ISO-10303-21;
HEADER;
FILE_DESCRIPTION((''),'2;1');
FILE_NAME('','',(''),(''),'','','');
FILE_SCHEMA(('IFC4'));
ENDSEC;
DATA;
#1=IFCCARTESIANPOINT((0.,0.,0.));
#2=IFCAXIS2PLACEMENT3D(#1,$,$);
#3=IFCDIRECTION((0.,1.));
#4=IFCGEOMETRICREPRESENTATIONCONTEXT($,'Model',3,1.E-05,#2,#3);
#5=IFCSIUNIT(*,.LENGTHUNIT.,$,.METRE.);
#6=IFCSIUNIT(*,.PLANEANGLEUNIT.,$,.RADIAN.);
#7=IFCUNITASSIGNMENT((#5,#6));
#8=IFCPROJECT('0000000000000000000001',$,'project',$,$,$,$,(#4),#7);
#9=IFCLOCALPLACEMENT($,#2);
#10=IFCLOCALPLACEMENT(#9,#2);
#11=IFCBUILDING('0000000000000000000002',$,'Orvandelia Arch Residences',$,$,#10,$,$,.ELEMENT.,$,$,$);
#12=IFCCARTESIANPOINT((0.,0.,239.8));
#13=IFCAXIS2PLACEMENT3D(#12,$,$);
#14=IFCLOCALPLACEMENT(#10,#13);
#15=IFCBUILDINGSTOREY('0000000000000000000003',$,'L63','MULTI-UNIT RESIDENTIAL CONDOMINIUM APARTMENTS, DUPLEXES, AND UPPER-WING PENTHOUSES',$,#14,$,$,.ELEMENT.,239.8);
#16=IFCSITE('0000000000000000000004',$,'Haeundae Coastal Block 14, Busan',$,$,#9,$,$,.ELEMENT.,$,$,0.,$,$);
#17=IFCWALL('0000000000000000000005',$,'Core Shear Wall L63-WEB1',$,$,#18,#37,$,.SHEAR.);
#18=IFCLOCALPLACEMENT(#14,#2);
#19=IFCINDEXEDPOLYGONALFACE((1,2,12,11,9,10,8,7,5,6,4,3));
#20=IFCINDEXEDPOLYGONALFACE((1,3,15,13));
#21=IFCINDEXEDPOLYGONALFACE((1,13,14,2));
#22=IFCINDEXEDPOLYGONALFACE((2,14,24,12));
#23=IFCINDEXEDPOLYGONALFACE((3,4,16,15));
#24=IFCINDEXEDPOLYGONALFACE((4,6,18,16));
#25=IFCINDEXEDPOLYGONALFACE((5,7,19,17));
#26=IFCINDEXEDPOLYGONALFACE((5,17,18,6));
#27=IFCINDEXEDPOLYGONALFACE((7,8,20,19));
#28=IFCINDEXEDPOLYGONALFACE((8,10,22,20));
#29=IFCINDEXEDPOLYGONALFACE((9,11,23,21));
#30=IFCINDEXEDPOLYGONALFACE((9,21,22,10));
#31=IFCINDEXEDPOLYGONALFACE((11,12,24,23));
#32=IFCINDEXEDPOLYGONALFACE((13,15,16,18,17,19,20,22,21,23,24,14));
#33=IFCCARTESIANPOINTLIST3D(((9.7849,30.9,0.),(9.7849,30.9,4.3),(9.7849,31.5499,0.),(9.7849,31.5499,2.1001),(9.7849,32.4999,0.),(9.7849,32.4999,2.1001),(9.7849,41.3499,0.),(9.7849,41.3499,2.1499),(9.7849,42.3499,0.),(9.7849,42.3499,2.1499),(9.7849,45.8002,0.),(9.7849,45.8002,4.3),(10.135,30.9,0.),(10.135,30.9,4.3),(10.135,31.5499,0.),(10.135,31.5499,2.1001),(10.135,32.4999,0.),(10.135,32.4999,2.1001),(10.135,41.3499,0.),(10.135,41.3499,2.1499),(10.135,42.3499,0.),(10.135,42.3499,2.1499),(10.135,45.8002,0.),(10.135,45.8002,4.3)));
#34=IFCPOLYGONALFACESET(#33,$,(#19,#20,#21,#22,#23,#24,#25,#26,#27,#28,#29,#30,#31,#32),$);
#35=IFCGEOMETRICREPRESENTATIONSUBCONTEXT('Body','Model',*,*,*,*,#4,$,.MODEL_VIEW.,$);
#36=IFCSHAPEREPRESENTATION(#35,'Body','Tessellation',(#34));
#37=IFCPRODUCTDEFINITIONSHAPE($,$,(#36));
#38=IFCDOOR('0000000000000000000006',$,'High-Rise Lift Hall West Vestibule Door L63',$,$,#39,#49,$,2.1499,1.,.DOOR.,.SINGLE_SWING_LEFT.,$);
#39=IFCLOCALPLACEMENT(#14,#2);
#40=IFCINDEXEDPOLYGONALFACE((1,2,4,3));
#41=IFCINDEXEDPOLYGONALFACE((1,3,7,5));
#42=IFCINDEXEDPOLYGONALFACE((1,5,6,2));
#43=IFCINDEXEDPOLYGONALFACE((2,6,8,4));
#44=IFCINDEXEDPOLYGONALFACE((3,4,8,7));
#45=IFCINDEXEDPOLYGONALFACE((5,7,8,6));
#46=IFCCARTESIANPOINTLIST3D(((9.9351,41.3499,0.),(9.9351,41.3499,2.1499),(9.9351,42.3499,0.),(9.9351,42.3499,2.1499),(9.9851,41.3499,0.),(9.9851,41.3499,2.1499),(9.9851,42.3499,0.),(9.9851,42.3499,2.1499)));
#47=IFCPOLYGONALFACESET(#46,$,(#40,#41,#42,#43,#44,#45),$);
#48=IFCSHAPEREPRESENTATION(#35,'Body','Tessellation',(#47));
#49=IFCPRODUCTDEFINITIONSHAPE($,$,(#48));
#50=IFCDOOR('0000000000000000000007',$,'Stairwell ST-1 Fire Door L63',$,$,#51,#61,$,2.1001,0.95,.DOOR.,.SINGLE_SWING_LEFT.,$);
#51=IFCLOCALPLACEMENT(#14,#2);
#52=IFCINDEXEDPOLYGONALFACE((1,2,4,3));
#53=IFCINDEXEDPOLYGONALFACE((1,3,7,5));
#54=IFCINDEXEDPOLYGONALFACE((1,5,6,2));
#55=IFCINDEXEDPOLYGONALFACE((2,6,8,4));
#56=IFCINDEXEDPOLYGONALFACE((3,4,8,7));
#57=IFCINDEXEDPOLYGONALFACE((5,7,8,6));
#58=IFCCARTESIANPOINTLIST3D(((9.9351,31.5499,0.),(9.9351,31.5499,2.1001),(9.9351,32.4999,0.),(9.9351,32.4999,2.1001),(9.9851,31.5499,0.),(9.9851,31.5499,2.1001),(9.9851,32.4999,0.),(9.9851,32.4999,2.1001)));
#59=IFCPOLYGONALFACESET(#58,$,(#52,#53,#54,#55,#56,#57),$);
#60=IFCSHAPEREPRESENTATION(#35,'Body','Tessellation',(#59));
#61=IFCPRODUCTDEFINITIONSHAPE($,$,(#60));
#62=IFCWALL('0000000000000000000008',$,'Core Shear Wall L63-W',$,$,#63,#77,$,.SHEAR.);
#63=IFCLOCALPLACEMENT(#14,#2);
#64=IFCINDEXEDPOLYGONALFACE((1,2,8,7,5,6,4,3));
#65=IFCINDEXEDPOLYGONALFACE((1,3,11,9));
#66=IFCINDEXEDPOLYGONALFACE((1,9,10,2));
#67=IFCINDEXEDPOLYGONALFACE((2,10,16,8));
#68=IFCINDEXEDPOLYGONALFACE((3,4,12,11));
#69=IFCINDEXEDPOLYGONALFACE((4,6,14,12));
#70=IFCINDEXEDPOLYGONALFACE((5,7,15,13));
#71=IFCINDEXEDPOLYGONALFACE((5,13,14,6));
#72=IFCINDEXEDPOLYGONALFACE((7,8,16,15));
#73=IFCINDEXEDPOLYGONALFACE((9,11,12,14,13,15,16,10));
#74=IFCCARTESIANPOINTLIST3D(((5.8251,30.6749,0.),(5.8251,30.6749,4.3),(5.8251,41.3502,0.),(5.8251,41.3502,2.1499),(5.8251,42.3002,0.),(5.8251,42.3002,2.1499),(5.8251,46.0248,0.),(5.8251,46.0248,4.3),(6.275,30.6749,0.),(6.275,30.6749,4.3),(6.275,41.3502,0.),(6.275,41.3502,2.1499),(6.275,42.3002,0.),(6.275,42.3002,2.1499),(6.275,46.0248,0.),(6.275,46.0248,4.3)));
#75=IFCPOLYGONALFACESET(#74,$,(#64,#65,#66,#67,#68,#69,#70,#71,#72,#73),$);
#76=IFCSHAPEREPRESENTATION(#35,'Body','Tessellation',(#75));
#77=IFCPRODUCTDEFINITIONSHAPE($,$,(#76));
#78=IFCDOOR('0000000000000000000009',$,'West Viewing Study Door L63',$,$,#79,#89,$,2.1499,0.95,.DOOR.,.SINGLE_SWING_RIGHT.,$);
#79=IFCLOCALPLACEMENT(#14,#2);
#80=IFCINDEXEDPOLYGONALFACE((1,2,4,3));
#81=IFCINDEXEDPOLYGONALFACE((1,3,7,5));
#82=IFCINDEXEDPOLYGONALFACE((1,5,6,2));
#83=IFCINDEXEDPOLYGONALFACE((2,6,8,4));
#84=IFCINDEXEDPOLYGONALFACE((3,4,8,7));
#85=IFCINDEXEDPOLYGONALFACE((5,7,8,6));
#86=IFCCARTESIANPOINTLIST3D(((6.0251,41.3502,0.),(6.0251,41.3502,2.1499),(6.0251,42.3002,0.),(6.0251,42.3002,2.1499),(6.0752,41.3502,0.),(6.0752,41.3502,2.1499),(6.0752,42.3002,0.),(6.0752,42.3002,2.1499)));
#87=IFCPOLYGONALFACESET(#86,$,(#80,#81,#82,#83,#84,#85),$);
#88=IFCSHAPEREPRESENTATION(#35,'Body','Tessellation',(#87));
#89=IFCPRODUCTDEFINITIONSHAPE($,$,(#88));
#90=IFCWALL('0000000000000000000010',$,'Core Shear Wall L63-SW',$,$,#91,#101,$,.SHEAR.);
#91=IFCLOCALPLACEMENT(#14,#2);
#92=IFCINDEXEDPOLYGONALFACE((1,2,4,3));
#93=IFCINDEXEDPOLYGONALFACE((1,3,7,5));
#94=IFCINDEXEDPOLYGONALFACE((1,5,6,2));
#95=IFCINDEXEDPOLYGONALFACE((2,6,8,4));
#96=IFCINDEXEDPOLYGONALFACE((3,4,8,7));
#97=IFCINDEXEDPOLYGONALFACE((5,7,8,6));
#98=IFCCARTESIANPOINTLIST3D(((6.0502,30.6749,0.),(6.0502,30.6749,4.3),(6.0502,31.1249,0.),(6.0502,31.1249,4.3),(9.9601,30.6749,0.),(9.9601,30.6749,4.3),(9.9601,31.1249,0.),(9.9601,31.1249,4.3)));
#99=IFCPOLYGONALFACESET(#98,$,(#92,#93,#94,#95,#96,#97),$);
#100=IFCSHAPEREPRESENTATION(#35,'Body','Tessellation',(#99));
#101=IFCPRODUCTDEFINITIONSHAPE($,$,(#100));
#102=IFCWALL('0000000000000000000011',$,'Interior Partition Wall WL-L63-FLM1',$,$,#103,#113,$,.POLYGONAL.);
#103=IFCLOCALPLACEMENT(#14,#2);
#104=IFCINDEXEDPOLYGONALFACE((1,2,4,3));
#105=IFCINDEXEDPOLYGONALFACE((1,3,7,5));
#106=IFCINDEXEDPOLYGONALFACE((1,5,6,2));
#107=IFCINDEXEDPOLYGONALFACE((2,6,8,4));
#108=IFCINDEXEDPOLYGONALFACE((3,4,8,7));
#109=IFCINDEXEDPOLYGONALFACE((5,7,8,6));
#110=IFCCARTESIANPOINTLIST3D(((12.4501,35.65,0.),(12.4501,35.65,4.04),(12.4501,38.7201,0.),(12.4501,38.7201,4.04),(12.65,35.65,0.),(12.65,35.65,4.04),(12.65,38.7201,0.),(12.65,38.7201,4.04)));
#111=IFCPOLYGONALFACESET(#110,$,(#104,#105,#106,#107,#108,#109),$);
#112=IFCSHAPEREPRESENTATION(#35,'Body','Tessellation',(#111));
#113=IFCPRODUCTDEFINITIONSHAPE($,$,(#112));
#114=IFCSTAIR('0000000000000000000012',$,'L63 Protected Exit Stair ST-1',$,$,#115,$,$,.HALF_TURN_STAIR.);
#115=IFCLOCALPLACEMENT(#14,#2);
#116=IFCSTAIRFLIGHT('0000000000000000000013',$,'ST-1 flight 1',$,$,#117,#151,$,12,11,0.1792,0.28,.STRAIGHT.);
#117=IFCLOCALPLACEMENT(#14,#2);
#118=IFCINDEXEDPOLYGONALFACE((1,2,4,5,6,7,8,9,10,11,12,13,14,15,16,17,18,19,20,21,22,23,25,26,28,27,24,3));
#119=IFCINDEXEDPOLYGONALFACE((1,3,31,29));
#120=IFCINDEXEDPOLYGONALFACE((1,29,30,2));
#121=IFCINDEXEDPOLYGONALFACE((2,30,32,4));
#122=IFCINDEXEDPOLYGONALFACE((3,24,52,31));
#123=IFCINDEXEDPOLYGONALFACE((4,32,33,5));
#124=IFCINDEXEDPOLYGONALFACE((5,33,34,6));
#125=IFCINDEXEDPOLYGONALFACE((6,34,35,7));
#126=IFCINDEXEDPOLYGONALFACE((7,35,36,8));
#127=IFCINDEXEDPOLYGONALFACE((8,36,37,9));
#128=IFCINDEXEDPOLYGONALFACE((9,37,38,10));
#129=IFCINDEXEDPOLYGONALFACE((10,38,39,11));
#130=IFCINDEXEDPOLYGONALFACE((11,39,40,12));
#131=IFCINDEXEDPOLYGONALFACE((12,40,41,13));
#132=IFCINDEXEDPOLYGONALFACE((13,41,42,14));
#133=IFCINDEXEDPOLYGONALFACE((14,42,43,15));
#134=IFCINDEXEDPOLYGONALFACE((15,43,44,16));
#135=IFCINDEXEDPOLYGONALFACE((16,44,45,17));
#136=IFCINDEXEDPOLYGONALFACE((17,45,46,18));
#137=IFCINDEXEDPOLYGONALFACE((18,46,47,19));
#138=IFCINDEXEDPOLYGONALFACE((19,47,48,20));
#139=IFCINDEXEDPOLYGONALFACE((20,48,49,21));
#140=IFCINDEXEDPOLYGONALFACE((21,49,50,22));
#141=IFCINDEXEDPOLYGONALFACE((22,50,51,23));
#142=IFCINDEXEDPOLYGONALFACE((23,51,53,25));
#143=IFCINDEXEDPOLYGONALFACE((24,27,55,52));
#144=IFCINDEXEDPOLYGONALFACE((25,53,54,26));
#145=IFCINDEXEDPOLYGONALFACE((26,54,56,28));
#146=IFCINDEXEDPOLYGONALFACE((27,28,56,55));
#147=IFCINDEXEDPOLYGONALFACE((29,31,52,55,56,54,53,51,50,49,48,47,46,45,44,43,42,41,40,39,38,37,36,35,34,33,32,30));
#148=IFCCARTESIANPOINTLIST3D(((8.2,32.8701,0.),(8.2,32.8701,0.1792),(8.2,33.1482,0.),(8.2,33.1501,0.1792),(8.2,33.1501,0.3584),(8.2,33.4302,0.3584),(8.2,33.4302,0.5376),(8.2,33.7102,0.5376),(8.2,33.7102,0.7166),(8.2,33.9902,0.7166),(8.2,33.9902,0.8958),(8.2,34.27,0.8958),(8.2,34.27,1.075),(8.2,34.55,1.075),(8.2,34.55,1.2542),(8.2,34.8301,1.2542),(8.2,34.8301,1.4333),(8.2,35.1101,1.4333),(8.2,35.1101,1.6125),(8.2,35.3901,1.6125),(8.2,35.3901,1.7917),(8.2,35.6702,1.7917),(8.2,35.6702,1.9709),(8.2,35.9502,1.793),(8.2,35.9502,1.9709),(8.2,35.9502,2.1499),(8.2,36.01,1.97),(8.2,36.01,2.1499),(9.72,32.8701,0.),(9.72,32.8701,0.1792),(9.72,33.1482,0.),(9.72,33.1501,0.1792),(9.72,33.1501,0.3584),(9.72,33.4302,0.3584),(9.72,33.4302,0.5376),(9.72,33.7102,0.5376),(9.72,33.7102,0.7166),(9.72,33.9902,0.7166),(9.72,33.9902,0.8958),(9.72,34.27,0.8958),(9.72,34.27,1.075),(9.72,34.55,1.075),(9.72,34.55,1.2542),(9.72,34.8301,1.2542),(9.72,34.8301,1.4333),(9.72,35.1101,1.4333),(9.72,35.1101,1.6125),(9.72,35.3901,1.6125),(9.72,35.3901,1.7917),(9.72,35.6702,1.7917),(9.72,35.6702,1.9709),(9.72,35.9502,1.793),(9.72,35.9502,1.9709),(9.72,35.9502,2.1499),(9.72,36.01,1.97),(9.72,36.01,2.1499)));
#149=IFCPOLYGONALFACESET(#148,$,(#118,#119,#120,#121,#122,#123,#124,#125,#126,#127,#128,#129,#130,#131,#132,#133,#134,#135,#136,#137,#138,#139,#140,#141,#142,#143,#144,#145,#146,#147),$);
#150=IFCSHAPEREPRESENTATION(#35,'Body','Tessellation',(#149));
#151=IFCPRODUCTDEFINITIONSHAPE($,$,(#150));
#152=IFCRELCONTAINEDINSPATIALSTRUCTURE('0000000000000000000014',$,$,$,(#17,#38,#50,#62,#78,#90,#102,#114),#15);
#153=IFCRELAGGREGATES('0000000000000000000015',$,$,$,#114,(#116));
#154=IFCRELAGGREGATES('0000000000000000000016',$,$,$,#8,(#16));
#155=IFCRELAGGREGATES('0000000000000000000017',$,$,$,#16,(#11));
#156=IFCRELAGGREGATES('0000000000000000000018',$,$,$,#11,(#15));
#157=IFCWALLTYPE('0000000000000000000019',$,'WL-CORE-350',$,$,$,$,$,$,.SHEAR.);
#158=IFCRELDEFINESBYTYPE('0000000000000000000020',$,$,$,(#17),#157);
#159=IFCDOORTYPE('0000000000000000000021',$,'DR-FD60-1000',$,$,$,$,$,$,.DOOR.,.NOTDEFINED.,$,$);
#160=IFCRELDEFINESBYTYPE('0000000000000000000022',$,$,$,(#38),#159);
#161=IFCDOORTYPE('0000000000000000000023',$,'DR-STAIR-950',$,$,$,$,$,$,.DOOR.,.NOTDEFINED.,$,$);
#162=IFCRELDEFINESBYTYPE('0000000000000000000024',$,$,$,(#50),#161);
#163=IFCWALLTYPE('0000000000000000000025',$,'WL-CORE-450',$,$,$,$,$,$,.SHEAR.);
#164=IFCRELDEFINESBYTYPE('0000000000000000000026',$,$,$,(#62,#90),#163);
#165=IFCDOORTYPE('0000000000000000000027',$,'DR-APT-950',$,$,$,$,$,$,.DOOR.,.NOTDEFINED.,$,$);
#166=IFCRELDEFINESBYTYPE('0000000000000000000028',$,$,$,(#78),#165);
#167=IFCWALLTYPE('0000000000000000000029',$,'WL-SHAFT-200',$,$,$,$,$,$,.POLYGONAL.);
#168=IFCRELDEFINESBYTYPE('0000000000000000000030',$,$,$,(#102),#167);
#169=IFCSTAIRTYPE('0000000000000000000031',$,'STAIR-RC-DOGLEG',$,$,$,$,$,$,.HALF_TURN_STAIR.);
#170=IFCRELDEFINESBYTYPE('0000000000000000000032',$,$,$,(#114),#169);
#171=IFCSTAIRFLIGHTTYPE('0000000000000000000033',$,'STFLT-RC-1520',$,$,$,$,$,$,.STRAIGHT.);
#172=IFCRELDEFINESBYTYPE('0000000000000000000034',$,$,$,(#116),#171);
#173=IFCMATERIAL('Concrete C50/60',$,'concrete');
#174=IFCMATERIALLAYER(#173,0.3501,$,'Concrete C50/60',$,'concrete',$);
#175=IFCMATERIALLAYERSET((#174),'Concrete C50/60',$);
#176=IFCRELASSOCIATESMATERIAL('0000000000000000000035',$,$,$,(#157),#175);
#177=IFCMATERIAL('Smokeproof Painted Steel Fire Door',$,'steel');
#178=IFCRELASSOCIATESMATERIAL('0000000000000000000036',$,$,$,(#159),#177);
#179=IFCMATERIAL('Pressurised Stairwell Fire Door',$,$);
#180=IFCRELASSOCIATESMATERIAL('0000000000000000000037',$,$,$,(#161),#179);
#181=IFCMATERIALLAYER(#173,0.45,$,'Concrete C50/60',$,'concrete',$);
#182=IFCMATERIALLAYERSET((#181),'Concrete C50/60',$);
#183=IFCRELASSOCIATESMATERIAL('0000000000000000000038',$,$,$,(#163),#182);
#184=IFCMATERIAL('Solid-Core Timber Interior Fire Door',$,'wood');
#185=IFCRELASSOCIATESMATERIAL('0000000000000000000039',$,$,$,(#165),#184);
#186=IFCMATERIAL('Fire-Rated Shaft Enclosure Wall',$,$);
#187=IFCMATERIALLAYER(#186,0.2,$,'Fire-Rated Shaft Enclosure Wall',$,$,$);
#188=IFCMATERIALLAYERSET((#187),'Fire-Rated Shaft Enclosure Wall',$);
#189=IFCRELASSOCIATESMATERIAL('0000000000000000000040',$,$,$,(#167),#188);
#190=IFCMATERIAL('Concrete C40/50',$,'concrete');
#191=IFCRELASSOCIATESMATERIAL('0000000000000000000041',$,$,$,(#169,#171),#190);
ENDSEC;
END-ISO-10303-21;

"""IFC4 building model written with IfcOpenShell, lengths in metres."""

from ifc_helpers import new_model, si_unit, direction, frame, frame_2d, origin, place, context, subcontext, project, spatial, polyline, rectangle, outline, extrude, material, layer, layer_set, type_object, element, fill, aggregate, save


model = new_model("IFC4")

# Units and contexts
model_context = context("Model", 3, precision=1e-05, world=origin(), true_north=direction((0.0, 1.0)))
body_context = subcontext(model_context, "Body", "Model", "MODEL_VIEW")
ifc_project = project(units=[si_unit("LENGTHUNIT", "METRE"), si_unit("PLANEANGLEUNIT", "RADIAN")], contexts=[model_context])

# Site, building, storey
site_placement = place(None, origin())
site = spatial("IfcSite", under=ifc_project, at=site_placement, Name="Haeundae Coastal Block 14, Busan", CompositionType="ELEMENT", RefElevation=0.0)
building_placement = place(site_placement, origin())
building = spatial("IfcBuilding", under=site, at=building_placement, Name="Orvandelia Arch Residences", CompositionType="ELEMENT")
storey_placement = place(building_placement, frame((0.0, 0.0, 239.8)))
storey = spatial("IfcBuildingStorey", under=building, at=storey_placement, Name="L63", Description="MULTI-UNIT RESIDENTIAL CONDOMINIUM APARTMENTS, DUPLEXES, AND UPPER-WING PENTHOUSES", CompositionType="ELEMENT", Elevation=239.8)

# Wall, openings, doors
ifc_material_1 = material(Name="Concrete C50/60", Category="concrete")
ifc_layer_1 = layer(ifc_material_1, 0.3501, Name="Concrete C50/60", Category="concrete")
ifc_layer_set_1 = layer_set([ifc_layer_1], Name="Concrete C50/60")
wall_type_1 = type_object("IfcWallType", Name="WL-CORE-350", PredefinedType="SHEAR", material=ifc_layer_set_1)
wall_1_placement = place(storey_placement, frame((9.96, 30.8999, 0.0), z_axis=(0.0, 0.0, 1.0), x_axis=(0.0, 1.0, 0.0)))
wall_1 = element("IfcWall", 1, at=wall_1_placement, inside=storey, type_object=wall_type_1, Name="Core Shear Wall L63-WEB1", PredefinedType="SHEAR", context=body_context, shape_type="SweptSolid", body=[
    extrude(rectangle(XDim=14.9001, YDim=0.3501, at=frame_2d((7.4502, 0.0))), origin(), (0.0, 0.0, 1.0), 4.3),
])
opening_1_placement = place(wall_1_placement, frame((0.6499, 0.0, 0.0)))
opening_1 = element("IfcOpeningElement", 2, at=opening_1_placement, cuts=wall_1, PredefinedType="OPENING", context=body_context, shape_type="SweptSolid", body=[
    extrude(rectangle(XDim=0.95, YDim=2.1001, at=frame_2d((0.4751, 1.05))), frame((0.0, 0.1851, 0.0), z_axis=(0.0, -1.0, 0.0), x_axis=(1.0, 0.0, 0.0)), (0.0, 0.0, 1.0), 0.3701),
])
opening_2_placement = place(wall_1_placement, frame((10.45, 0.0, 0.0)))
opening_2 = element("IfcOpeningElement", 3, at=opening_2_placement, cuts=wall_1, PredefinedType="OPENING", context=body_context, shape_type="SweptSolid", body=[
    extrude(rectangle(XDim=1.0, YDim=2.1499, at=frame_2d((0.5, 1.075))), frame((0.0, 0.1851, 0.0), z_axis=(0.0, -1.0, 0.0), x_axis=(1.0, 0.0, 0.0)), (0.0, 0.0, 1.0), 0.3701),
])
ifc_material_2 = material(Name="Smokeproof Painted Steel Fire Door", Category="steel")
door_type_1 = type_object("IfcDoorType", Name="DR-FD60-1000", OperationType="NOTDEFINED", PredefinedType="DOOR", material=ifc_material_2)
door_1_placement = place(opening_2_placement, origin())
door_1 = element("IfcDoor", 4, at=door_1_placement, inside=storey, type_object=door_type_1, Name="High-Rise Lift Hall West Vestibule Door L63", OperationType="SINGLE_SWING_LEFT", OverallHeight=2.1499, OverallWidth=1.0, PredefinedType="DOOR", context=body_context, shape_type="SweptSolid", body=[
    extrude(rectangle(XDim=1.0, YDim=2.1499, at=frame_2d((0.5, 1.075))), frame((0.0, 0.0249, 0.0), z_axis=(0.0, -1.0, 0.0), x_axis=(1.0, 0.0, 0.0)), (0.0, 0.0, 1.0), 0.05),
])
fill(opening_2, door_1)
ifc_material_3 = material(Name="Pressurised Stairwell Fire Door")
door_type_2 = type_object("IfcDoorType", Name="DR-STAIR-950", OperationType="NOTDEFINED", PredefinedType="DOOR", material=ifc_material_3)
door_2_placement = place(opening_1_placement, origin())
door_2 = element("IfcDoor", 5, at=door_2_placement, inside=storey, type_object=door_type_2, Name="Stairwell ST-1 Fire Door L63", OperationType="SINGLE_SWING_LEFT", OverallHeight=2.1001, OverallWidth=0.95, PredefinedType="DOOR", context=body_context, shape_type="SweptSolid", body=[
    extrude(rectangle(XDim=0.95, YDim=2.1001, at=frame_2d((0.4751, 1.05))), frame((0.0, 0.0249, 0.0), z_axis=(0.0, -1.0, 0.0), x_axis=(1.0, 0.0, 0.0)), (0.0, 0.0, 1.0), 0.05),
])
fill(opening_1, door_2)

# Wall, opening, door
ifc_layer_2 = layer(ifc_material_1, 0.45, Name="Concrete C50/60", Category="concrete")
ifc_layer_set_2 = layer_set([ifc_layer_2], Name="Concrete C50/60")
wall_type_2 = type_object("IfcWallType", Name="WL-CORE-450", PredefinedType="SHEAR", material=ifc_layer_set_2)
wall_2_placement = place(storey_placement, frame((6.05, 30.675, 0.0), z_axis=(0.0, 0.0, 1.0), x_axis=(0.0, 1.0, 0.0)))
wall_2 = element("IfcWall", 6, at=wall_2_placement, inside=storey, type_object=wall_type_2, Name="Core Shear Wall L63-W", PredefinedType="SHEAR", context=body_context, shape_type="SweptSolid", body=[
    extrude(rectangle(XDim=15.3499, YDim=0.45, at=frame_2d((7.6748, 0.0))), origin(), (0.0, 0.0, 1.0), 4.3),
])
opening_3_placement = place(wall_2_placement, frame((10.675, 0.0, 0.0)))
opening_3 = element("IfcOpeningElement", 7, at=opening_3_placement, cuts=wall_2, PredefinedType="OPENING", context=body_context, shape_type="SweptSolid", body=[
    extrude(rectangle(XDim=0.95, YDim=2.1499, at=frame_2d((0.4751, 1.075))), frame((0.0, 0.2349, 0.0), z_axis=(0.0, -1.0, 0.0), x_axis=(1.0, 0.0, 0.0)), (0.0, 0.0, 1.0), 0.47),
])
ifc_material_4 = material(Name="Solid-Core Timber Interior Fire Door", Category="wood")
door_type_3 = type_object("IfcDoorType", Name="DR-APT-950", OperationType="NOTDEFINED", PredefinedType="DOOR", material=ifc_material_4)
door_3_placement = place(opening_3_placement, origin())
door_3 = element("IfcDoor", 8, at=door_3_placement, inside=storey, type_object=door_type_3, Name="West Viewing Study Door L63", OperationType="SINGLE_SWING_RIGHT", OverallHeight=2.1499, OverallWidth=0.95, PredefinedType="DOOR", context=body_context, shape_type="SweptSolid", body=[
    extrude(rectangle(XDim=0.95, YDim=2.1499, at=frame_2d((0.4751, 1.075))), frame((0.0, 0.0249, 0.0), z_axis=(0.0, -1.0, 0.0), x_axis=(1.0, 0.0, 0.0)), (0.0, 0.0, 1.0), 0.05),
])
fill(opening_3, door_3)

# Wall
wall_3_placement = place(storey_placement, frame((6.05, 30.8999, 0.0), z_axis=(0.0, 0.0, 1.0), x_axis=(1.0, 0.0, 0.0)))
element("IfcWall", 9, at=wall_3_placement, inside=storey, type_object=wall_type_2, Name="Core Shear Wall L63-SW", PredefinedType="SHEAR", context=body_context, shape_type="SweptSolid", body=[
    extrude(rectangle(XDim=3.9099, YDim=0.45, at=frame_2d((1.9551, 0.0))), origin(), (0.0, 0.0, 1.0), 4.3),
])

# Wall
ifc_material_5 = material(Name="Fire-Rated Shaft Enclosure Wall")
ifc_layer_3 = layer(ifc_material_5, 0.2, Name="Fire-Rated Shaft Enclosure Wall")
ifc_layer_set_3 = layer_set([ifc_layer_3], Name="Fire-Rated Shaft Enclosure Wall")
wall_type_3 = type_object("IfcWallType", Name="WL-SHAFT-200", PredefinedType="POLYGONAL", material=ifc_layer_set_3)
wall_4_placement = place(storey_placement, frame((12.55, 35.6499, 0.0), z_axis=(0.0, 0.0, 1.0), x_axis=(0.0, 1.0, 0.0)))
element("IfcWall", 10, at=wall_4_placement, inside=storey, type_object=wall_type_3, Name="Interior Partition Wall WL-L63-FLM1", PredefinedType="POLYGONAL", context=body_context, shape_type="SweptSolid", body=[
    extrude(rectangle(XDim=3.0701, YDim=0.2, at=frame_2d((1.5352, 0.0))), origin(), (0.0, 0.0, 1.0), 4.04),
])

# Stair, stair flight
ifc_material_6 = material(Name="Concrete C40/50", Category="concrete")
stair_type = type_object("IfcStairType", Name="STAIR-RC-DOGLEG", PredefinedType="HALF_TURN_STAIR", material=ifc_material_6)
stair_placement = place(storey_placement, origin())
stair = element("IfcStair", 11, at=stair_placement, inside=storey, type_object=stair_type, Name="L63 Protected Exit Stair ST-1", PredefinedType="HALF_TURN_STAIR")
stair_flight_type = type_object("IfcStairFlightType", Name="STFLT-RC-1520", PredefinedType="STRAIGHT", material=ifc_material_6)
stair_flight_1_placement = place(storey_placement, frame((8.96, 32.8701, 0.0), z_axis=(0.0, 0.0, 1.0), x_axis=(0.0, 1.0, 0.0)))
stair_flight_1 = element("IfcStairFlight", 12, at=stair_flight_1_placement, type_object=stair_flight_type, Name="ST-1 flight 1", NumberOfRisers=12, NumberOfTreads=11, PredefinedType="STRAIGHT", RiserHeight=0.1792, TreadLength=0.28, context=body_context, shape_type="SweptSolid", body=[
    extrude(outline(polyline([(0.0, 0.0), (0.0, 0.1792), (0.28, 0.1792), (0.28, 0.3584), (0.5601, 0.3584), (0.5601, 0.5376), (0.8401, 0.5376), (0.8401, 0.7166), (1.1201, 0.7166), (1.1201, 0.8958), (1.3999, 0.8958), (1.3999, 1.075), (1.6799, 1.075), (1.6799, 1.2542), (1.96, 1.2542), (1.96, 1.4333), (2.24, 1.4333), (2.24, 1.6125), (2.52, 1.6125), (2.52, 1.7917), (2.8, 1.7917), (2.8, 1.9709), (3.0801, 1.9709), (3.0801, 2.1499), (3.1399, 2.1499), (3.1399, 1.97), (3.0801, 1.793), (0.2781, 0.0), (0.0, 0.0)])), frame((0.0, 0.76, 0.0), z_axis=(0.0, -1.0, 0.0), x_axis=(1.0, 0.0, 0.0)), (0.0, 0.0, 1.0), 1.52),
])
aggregate(stair, [stair_flight_1])

save(model, "model.ifc")
